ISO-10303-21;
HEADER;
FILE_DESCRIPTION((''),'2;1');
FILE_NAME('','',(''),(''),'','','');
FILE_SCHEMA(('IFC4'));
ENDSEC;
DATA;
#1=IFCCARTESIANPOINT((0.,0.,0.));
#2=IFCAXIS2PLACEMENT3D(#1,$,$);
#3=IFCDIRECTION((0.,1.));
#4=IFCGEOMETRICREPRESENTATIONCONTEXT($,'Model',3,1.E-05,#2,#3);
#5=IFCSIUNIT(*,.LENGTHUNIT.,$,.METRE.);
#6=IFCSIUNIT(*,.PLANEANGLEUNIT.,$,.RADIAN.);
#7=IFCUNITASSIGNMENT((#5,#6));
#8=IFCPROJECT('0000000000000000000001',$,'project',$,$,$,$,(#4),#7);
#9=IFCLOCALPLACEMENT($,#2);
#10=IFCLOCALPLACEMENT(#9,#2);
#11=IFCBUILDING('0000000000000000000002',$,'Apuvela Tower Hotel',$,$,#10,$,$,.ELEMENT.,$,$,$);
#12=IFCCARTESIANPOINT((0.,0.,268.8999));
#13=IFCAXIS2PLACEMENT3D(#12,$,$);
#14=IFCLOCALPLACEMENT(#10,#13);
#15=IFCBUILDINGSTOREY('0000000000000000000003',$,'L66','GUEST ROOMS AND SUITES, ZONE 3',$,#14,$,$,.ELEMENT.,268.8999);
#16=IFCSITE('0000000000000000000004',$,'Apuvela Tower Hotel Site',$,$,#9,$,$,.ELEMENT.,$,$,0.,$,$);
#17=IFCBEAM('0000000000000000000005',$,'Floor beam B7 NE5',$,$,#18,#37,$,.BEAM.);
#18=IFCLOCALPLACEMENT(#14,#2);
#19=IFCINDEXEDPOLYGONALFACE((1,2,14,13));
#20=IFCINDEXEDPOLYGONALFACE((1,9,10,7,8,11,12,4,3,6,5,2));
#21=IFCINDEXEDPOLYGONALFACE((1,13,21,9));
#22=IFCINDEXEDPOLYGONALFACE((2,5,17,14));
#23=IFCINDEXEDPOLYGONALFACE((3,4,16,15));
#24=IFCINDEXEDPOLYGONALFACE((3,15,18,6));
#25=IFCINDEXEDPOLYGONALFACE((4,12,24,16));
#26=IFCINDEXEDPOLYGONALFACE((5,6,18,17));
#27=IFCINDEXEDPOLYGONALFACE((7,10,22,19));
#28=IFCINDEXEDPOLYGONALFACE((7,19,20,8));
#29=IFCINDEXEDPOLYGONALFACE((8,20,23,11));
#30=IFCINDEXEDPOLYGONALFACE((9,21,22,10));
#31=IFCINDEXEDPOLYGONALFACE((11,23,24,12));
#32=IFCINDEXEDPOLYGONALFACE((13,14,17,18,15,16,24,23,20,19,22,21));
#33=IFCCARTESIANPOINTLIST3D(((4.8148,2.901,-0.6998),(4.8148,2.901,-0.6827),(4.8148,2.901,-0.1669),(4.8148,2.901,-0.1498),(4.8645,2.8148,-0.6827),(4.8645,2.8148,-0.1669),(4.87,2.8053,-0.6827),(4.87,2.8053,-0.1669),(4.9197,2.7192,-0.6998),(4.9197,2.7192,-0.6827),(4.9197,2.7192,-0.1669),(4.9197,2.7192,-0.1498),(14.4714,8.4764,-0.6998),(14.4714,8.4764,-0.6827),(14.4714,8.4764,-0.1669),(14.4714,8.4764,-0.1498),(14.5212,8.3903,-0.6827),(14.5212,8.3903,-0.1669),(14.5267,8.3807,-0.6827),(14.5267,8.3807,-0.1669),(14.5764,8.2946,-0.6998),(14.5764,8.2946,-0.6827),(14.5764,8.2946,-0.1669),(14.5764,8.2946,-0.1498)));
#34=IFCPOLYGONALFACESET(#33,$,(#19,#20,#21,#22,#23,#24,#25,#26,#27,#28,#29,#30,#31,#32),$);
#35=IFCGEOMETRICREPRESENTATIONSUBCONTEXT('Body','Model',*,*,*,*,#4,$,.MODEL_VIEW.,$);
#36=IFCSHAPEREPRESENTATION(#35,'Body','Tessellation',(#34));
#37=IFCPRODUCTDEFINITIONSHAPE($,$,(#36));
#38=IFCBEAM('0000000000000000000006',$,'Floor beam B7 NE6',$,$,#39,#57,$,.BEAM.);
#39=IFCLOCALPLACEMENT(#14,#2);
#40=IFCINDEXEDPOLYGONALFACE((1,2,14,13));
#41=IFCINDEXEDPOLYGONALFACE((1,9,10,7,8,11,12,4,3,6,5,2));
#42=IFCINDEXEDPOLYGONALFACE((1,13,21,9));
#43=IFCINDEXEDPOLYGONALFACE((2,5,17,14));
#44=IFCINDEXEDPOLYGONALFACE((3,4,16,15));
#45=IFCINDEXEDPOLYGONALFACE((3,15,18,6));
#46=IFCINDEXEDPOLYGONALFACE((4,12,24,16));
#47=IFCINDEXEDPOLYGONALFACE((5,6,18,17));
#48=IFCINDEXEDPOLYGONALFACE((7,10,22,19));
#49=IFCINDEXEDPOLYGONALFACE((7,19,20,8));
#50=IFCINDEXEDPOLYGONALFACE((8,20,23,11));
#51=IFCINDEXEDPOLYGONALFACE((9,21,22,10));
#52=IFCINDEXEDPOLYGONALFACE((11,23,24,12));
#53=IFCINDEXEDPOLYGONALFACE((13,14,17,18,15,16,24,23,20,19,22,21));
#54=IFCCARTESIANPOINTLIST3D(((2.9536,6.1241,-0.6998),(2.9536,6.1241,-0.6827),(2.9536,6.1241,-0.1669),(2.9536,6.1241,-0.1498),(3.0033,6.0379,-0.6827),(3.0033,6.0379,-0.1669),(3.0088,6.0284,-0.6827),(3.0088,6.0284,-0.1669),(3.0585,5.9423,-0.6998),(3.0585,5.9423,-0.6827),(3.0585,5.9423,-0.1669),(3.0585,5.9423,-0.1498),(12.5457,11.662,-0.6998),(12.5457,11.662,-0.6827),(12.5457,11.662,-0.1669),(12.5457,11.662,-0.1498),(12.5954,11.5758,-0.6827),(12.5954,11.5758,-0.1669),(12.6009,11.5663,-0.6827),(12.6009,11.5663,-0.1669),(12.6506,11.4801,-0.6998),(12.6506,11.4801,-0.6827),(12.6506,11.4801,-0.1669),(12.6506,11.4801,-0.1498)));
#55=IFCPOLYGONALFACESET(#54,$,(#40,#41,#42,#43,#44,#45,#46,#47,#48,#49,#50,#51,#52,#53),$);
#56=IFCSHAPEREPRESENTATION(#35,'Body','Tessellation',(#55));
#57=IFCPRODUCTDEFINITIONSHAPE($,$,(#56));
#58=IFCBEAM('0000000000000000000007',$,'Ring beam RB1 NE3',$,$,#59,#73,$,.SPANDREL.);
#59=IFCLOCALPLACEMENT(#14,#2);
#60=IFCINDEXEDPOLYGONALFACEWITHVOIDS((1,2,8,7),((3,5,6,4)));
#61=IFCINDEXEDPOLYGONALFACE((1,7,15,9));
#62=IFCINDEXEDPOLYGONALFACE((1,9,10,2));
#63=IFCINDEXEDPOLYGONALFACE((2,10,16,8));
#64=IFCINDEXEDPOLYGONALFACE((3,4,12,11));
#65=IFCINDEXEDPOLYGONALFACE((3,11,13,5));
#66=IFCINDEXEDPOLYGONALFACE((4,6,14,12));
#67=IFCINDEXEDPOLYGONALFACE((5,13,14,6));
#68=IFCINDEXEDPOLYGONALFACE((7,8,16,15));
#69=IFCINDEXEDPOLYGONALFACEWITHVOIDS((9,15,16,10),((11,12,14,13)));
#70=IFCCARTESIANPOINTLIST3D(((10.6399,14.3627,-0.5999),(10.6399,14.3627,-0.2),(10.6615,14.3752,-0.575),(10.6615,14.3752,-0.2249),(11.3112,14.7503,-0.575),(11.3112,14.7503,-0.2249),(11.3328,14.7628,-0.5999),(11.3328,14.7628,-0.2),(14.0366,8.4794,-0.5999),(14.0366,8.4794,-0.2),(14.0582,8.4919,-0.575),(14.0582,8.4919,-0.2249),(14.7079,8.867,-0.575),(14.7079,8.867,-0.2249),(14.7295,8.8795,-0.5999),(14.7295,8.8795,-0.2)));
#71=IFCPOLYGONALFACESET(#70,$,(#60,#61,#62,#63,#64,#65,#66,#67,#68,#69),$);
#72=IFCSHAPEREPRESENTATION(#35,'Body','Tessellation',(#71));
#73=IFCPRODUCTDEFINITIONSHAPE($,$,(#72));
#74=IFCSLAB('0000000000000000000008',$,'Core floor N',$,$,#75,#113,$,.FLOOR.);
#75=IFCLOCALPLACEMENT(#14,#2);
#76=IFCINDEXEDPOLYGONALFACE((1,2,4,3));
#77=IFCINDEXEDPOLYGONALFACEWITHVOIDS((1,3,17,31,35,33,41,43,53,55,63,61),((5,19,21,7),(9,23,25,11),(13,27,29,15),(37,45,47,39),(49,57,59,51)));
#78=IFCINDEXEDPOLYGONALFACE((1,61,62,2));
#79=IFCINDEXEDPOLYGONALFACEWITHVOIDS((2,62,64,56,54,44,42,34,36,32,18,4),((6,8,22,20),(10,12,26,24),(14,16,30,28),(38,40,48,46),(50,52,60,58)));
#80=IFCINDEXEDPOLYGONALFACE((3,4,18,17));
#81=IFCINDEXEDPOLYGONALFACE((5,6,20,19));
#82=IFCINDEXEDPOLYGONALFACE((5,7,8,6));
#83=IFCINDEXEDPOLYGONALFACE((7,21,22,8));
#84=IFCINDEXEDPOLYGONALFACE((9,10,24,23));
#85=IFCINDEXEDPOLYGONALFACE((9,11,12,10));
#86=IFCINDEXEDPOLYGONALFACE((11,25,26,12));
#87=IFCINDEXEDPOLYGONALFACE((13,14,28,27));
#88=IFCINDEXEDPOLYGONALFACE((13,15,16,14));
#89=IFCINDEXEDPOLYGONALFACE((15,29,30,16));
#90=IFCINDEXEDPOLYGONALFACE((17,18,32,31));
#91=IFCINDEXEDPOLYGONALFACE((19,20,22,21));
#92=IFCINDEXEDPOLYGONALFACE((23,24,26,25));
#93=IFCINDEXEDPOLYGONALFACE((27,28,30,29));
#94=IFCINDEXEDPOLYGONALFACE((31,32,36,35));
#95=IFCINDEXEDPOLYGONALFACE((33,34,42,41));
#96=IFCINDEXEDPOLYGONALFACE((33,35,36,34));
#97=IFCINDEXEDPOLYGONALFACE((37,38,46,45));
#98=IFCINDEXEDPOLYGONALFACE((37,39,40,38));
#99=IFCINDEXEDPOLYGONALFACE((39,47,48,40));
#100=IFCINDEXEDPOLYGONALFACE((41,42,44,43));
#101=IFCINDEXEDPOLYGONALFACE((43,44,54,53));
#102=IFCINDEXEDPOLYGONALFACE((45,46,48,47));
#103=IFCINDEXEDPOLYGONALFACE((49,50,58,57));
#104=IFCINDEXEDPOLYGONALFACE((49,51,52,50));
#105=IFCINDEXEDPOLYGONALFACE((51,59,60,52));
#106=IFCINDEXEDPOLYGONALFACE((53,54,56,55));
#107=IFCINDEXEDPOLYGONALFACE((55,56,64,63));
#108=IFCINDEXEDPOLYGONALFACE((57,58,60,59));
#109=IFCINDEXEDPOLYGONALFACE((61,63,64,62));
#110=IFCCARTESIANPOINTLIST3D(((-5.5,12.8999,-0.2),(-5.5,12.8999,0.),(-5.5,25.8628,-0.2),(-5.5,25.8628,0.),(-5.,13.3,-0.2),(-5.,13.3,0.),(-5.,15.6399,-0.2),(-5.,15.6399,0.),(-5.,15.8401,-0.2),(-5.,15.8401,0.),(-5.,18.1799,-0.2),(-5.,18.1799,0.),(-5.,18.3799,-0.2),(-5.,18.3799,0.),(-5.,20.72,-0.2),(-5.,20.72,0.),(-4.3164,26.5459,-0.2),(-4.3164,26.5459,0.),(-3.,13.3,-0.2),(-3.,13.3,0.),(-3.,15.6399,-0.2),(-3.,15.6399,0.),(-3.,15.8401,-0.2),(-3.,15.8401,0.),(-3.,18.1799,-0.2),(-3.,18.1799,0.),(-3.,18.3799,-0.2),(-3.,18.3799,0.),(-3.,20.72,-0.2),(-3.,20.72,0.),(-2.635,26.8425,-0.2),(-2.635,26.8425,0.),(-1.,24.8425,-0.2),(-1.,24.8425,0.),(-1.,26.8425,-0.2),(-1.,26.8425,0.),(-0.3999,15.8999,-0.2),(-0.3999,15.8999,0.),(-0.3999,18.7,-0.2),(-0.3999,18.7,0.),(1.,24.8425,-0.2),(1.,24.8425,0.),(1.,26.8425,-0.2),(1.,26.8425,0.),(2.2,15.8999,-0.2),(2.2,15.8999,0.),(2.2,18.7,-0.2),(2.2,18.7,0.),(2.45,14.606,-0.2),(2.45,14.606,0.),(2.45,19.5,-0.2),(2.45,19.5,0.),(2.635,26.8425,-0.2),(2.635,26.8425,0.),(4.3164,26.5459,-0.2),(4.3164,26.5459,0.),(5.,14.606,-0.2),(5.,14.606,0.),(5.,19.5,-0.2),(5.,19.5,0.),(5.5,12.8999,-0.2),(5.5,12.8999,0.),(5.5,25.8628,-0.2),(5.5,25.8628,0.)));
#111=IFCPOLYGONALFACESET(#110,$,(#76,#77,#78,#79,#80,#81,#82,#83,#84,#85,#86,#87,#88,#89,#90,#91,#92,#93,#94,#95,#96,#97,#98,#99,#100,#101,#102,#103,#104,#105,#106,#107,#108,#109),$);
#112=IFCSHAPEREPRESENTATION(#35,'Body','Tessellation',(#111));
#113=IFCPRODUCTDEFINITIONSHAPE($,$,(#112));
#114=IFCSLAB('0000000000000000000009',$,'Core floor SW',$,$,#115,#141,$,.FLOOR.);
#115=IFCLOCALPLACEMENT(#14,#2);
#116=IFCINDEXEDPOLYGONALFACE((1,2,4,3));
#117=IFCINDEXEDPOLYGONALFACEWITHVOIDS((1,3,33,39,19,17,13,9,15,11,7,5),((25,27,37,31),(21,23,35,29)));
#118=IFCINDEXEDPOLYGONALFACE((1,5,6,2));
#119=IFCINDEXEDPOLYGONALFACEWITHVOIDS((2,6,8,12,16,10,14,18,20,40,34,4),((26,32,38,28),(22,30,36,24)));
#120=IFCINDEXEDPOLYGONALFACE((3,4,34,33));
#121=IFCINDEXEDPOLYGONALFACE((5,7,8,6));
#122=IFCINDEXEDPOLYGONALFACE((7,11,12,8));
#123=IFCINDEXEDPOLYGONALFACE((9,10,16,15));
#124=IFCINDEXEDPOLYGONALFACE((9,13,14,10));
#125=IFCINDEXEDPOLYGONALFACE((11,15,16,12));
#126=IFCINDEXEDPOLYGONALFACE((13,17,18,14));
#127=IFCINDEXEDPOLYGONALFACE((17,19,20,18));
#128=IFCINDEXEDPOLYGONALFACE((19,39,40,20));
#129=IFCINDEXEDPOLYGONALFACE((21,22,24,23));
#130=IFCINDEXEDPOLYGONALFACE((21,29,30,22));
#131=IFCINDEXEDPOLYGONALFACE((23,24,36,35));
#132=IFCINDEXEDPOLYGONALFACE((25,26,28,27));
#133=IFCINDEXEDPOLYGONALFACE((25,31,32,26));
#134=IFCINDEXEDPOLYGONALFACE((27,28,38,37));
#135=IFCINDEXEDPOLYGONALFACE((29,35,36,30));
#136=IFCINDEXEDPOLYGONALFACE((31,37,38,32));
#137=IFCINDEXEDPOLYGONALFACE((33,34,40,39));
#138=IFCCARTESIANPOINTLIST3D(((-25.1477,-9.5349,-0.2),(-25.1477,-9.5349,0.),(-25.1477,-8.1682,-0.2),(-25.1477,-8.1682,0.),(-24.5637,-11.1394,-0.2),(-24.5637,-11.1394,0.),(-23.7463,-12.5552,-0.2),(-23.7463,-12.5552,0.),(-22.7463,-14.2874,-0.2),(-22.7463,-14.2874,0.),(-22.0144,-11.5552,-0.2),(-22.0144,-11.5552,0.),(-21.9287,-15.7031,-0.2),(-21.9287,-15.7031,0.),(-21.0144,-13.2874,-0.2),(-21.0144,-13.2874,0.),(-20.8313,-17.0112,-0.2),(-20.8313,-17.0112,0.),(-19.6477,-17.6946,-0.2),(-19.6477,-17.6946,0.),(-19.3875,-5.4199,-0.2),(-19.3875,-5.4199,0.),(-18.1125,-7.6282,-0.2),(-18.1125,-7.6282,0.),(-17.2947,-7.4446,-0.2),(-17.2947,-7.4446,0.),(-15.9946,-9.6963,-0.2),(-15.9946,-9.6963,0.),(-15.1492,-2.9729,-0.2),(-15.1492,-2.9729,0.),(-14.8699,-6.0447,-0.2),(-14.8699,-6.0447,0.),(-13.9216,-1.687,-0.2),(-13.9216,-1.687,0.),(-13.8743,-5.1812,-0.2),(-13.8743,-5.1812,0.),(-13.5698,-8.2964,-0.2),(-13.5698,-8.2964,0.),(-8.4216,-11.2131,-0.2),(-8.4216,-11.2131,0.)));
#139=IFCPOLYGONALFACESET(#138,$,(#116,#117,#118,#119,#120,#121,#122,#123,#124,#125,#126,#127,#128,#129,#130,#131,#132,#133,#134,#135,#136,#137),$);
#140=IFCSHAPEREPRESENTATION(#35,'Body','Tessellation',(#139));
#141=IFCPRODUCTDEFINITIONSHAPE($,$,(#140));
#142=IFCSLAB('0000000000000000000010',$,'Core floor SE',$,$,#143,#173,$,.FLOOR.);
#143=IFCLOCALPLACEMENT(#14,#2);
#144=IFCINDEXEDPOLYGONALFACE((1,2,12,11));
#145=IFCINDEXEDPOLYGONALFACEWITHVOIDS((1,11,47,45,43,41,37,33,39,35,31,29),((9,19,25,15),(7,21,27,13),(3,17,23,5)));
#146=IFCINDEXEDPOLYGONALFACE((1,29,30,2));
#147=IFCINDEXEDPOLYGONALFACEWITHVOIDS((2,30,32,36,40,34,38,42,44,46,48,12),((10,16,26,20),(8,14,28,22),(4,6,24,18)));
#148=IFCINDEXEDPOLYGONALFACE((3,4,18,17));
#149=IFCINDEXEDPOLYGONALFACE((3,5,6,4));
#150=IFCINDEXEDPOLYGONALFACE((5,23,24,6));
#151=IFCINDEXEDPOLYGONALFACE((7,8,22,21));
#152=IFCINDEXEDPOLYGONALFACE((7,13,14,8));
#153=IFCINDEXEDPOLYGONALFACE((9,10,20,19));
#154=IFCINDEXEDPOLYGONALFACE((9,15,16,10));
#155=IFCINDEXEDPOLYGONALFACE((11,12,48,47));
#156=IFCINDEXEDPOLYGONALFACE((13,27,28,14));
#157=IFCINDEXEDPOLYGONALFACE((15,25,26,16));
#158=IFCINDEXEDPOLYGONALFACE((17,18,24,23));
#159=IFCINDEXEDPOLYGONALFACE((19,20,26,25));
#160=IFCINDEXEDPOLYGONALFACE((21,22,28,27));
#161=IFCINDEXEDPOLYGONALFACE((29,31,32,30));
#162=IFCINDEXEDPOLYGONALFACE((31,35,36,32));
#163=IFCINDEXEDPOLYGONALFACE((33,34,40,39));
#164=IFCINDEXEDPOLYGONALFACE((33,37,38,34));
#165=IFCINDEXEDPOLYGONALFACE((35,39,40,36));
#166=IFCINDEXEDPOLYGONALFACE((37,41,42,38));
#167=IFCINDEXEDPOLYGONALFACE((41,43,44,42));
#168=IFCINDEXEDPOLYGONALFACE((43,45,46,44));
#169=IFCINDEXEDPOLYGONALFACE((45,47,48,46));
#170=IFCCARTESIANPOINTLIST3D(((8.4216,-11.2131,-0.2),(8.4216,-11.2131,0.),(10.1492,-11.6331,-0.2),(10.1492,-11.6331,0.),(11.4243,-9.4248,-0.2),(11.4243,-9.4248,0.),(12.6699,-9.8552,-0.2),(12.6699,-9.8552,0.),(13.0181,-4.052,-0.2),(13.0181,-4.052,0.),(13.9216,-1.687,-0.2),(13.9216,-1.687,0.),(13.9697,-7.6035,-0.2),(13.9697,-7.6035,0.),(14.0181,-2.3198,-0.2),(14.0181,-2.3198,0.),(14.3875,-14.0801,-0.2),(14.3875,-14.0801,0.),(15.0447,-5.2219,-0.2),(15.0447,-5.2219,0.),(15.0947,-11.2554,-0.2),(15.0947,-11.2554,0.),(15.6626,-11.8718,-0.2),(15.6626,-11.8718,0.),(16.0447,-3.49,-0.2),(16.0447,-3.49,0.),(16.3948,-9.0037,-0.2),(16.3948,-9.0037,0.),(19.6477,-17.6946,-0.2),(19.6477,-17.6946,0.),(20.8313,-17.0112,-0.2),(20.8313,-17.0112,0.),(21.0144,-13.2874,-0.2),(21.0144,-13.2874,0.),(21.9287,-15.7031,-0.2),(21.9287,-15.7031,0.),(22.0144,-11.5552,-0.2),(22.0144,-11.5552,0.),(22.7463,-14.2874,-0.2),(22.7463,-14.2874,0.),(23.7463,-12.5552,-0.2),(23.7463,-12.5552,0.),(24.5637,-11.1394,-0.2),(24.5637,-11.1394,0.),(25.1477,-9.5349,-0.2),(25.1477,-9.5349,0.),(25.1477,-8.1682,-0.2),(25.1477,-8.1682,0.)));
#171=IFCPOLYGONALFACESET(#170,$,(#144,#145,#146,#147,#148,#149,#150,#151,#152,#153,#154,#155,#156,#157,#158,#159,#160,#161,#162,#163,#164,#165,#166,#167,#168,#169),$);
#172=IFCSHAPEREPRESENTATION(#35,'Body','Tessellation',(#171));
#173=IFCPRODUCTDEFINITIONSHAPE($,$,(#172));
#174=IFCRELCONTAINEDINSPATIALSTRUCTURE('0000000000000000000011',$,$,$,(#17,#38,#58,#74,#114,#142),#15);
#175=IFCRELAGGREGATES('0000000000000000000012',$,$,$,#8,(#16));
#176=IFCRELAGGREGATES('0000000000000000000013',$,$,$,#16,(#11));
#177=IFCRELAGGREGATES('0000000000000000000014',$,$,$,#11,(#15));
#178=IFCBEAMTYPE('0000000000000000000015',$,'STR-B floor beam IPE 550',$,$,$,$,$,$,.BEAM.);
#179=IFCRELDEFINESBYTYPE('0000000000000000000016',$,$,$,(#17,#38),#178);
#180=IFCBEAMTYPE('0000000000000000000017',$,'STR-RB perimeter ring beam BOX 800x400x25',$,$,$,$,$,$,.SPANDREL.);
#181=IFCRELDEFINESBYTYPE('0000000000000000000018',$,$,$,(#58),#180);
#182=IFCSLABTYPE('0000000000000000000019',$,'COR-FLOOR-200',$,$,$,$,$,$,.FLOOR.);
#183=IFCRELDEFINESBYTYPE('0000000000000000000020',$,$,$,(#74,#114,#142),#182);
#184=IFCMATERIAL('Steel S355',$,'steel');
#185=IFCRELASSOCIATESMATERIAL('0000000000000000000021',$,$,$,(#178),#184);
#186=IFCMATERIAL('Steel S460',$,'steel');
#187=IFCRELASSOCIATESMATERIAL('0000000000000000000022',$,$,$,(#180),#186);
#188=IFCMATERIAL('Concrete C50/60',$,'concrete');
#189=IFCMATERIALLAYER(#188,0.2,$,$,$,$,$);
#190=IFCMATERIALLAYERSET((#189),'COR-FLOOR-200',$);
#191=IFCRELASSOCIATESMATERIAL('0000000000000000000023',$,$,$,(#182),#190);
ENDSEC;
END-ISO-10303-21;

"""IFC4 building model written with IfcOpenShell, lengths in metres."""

from ifc_helpers import new_model, si_unit, direction, frame, origin, origin_2d, place, context, subcontext, project, spatial, polyline, hollow_rectangle, i_section, outline, extrude, material, layer, layer_set, material_profile, profile_set, type_object, element, save


model = new_model("IFC4")

# Units and contexts
model_context = context("Model", 3, precision=1e-05, world=origin(), true_north=direction((0.0, 1.0)))
body_context = subcontext(model_context, "Body", "Model", "MODEL_VIEW")
ifc_project = project(units=[si_unit("LENGTHUNIT", "METRE"), si_unit("PLANEANGLEUNIT", "RADIAN")], contexts=[model_context])

# Site, building, storey
site_placement = place(None, origin())
site = spatial("IfcSite", under=ifc_project, at=site_placement, Name="Apuvela Tower Hotel Site", CompositionType="ELEMENT", RefElevation=0.0)
building_placement = place(site_placement, origin())
building = spatial("IfcBuilding", under=site, at=building_placement, Name="Apuvela Tower Hotel", CompositionType="ELEMENT")
storey_placement = place(building_placement, frame((0.0, 0.0, 268.8999)))
storey = spatial("IfcBuildingStorey", under=building, at=storey_placement, Name="L66", Description="GUEST ROOMS AND SUITES, ZONE 3", CompositionType="ELEMENT", Elevation=268.8999)

# Beams
ifc_material_1 = material(Name="Steel S355", Category="steel")
ifc_material_profile_1 = material_profile(ifc_material_1, i_section(OverallWidth=0.21, OverallDepth=0.55, WebThickness=0.011, FlangeThickness=0.0171, at=origin_2d()), Name="IPE 550")
ifc_profile_set_1 = profile_set([ifc_material_profile_1], Name="Steel S355")
beam_type_1 = type_object("IfcBeamType", Name="STR-B floor beam IPE 550", PredefinedType="BEAM", material=ifc_profile_set_1)
beam_1_placement = place(storey_placement, frame((14.5239, 8.3855, -0.4248), z_axis=(-0.866021, -0.500008, 0.0), x_axis=(0.500008, -0.866021, 0.0)))
element("IfcBeam", 1, at=beam_1_placement, inside=storey, type_object=beam_type_1, Name="Floor beam B7 NE5", PredefinedType="BEAM", context=body_context, shape_type="SweptSolid", body=[
    extrude(i_section(OverallWidth=0.21, OverallDepth=0.55, WebThickness=0.011, FlangeThickness=0.0171, at=origin_2d()), origin(), (0.0, 0.0, 1.0), 11.1506),
])
beam_2_placement = place(storey_placement, frame((12.5981, 11.571, -0.4248), z_axis=(-0.86603, -0.499991, 0.0), x_axis=(0.499991, -0.86603, 0.0)))
element("IfcBeam", 2, at=beam_2_placement, inside=storey, type_object=beam_type_1, Name="Floor beam B7 NE6", PredefinedType="BEAM", context=body_context, shape_type="SweptSolid", body=[
    extrude(i_section(OverallWidth=0.21, OverallDepth=0.55, WebThickness=0.011, FlangeThickness=0.0171, at=origin_2d()), origin(), (0.0, 0.0, 1.0), 11.0759),
])
ifc_material_2 = material(Name="Steel S460", Category="steel")
ifc_material_profile_2 = material_profile(ifc_material_2, hollow_rectangle(XDim=0.8, YDim=0.3999, WallThickness=0.0249, at=origin_2d()), Name="BOX 800x400x25")
ifc_profile_set_2 = profile_set([ifc_material_profile_2], Name="Steel S460")
beam_type_2 = type_object("IfcBeamType", Name="STR-RB perimeter ring beam BOX 800x400x25", PredefinedType="SPANDREL", material=ifc_profile_set_2)
beam_3_placement = place(storey_placement, frame((14.3831, 8.6794, -0.3999), z_axis=(-0.5, 0.866025, 0.0), x_axis=(-0.866025, -0.5, 0.0)))
element("IfcBeam", 3, at=beam_3_placement, inside=storey, type_object=beam_type_2, Name="Ring beam RB1 NE3", PredefinedType="SPANDREL", context=body_context, shape_type="SweptSolid", body=[
    extrude(hollow_rectangle(XDim=0.8, YDim=0.3999, WallThickness=0.0249, at=origin_2d()), origin(), (0.0, 0.0, 1.0), 6.7935),
])

# Slabs
ifc_material_3 = material(Name="Concrete C50/60", Category="concrete")
ifc_layer_1 = layer(ifc_material_3, 0.2)
ifc_layer_set_1 = layer_set([ifc_layer_1], Name="COR-FLOOR-200")
slab_type_1 = type_object("IfcSlabType", Name="COR-FLOOR-200", PredefinedType="FLOOR", material=ifc_layer_set_1)
slab_1_placement = place(storey_placement, frame((0.0, 0.0, -0.2)))
element("IfcSlab", 4, at=slab_1_placement, inside=storey, type_object=slab_type_1, Name="Core floor N", PredefinedType="FLOOR", context=body_context, shape_type="SweptSolid", body=[
    extrude(outline(polyline([(5.5, 25.8628), (4.3164, 26.5459), (2.635, 26.8425), (1.0, 26.8425), (1.0, 24.8425), (-1.0, 24.8425), (-1.0, 26.8425), (-2.635, 26.8425), (-4.3164, 26.5459), (-5.5, 25.8628), (-5.5, 12.8999), (5.5, 12.8999), (5.5, 25.8628)]), holes=[polyline([(-3.0, 13.3), (-5.0, 13.3), (-5.0, 15.6399), (-3.0, 15.6399), (-3.0, 13.3)]), polyline([(-3.0, 15.8401), (-5.0, 15.8401), (-5.0, 18.1799), (-3.0, 18.1799), (-3.0, 15.8401)]), polyline([(5.0, 14.606), (2.45, 14.606), (2.45, 19.5), (5.0, 19.5), (5.0, 14.606)]), polyline([(2.2, 18.7), (2.2, 15.8999), (-0.3999, 15.8999), (-0.3999, 18.7), (2.2, 18.7)]), polyline([(-3.0, 20.72), (-3.0, 18.3799), (-5.0, 18.3799), (-5.0, 20.72), (-3.0, 20.72)])]), origin(), (0.0, 0.0, 1.0), 0.2),
])
slab_2_placement = place(storey_placement, frame((0.0, 0.0, -0.2)))
element("IfcSlab", 5, at=slab_2_placement, inside=storey, type_object=slab_type_1, Name="Core floor SW", PredefinedType="FLOOR", context=body_context, shape_type="SweptSolid", body=[
    extrude(outline(polyline([(-25.1477, -8.1682), (-25.1477, -9.5349), (-24.5637, -11.1394), (-23.7463, -12.5552), (-22.0144, -11.5552), (-21.0144, -13.2874), (-22.7463, -14.2874), (-21.9287, -15.7031), (-20.8313, -17.0112), (-19.6477, -17.6946), (-8.4216, -11.2131), (-13.9216, -1.687), (-25.1477, -8.1682)]), holes=[polyline([(-13.8743, -5.1812), (-18.1125, -7.6282), (-19.3875, -5.4199), (-15.1492, -2.9729), (-13.8743, -5.1812)]), polyline([(-13.5698, -8.2964), (-15.9946, -9.6963), (-17.2947, -7.4446), (-14.8699, -6.0447), (-13.5698, -8.2964)])]), origin(), (0.0, 0.0, 1.0), 0.2),
])
slab_3_placement = place(storey_placement, frame((0.0, 0.0, -0.2)))
element("IfcSlab", 6, at=slab_3_placement, inside=storey, type_object=slab_type_1, Name="Core floor SE", PredefinedType="FLOOR", context=body_context, shape_type="SweptSolid", body=[
    extrude(outline(polyline([(19.6477, -17.6946), (20.8313, -17.0112), (21.9287, -15.7031), (22.7463, -14.2874), (21.0144, -13.2874), (22.0144, -11.5552), (23.7463, -12.5552), (24.5637, -11.1394), (25.1477, -9.5349), (25.1477, -8.1682), (13.9216, -1.687), (8.4216, -11.2131), (19.6477, -17.6946)]), holes=[polyline([(14.0181, -2.3198), (16.0447, -3.49), (15.0447, -5.2219), (13.0181, -4.052), (14.0181, -2.3198)]), polyline([(10.1492, -11.6331), (11.4243, -9.4248), (15.6626, -11.8718), (14.3875, -14.0801), (10.1492, -11.6331)]), polyline([(12.6699, -9.8552), (13.9697, -7.6035), (16.3948, -9.0037), (15.0947, -11.2554), (12.6699, -9.8552)])]), origin(), (0.0, 0.0, 1.0), 0.2),
])

save(model, "model.ifc")
